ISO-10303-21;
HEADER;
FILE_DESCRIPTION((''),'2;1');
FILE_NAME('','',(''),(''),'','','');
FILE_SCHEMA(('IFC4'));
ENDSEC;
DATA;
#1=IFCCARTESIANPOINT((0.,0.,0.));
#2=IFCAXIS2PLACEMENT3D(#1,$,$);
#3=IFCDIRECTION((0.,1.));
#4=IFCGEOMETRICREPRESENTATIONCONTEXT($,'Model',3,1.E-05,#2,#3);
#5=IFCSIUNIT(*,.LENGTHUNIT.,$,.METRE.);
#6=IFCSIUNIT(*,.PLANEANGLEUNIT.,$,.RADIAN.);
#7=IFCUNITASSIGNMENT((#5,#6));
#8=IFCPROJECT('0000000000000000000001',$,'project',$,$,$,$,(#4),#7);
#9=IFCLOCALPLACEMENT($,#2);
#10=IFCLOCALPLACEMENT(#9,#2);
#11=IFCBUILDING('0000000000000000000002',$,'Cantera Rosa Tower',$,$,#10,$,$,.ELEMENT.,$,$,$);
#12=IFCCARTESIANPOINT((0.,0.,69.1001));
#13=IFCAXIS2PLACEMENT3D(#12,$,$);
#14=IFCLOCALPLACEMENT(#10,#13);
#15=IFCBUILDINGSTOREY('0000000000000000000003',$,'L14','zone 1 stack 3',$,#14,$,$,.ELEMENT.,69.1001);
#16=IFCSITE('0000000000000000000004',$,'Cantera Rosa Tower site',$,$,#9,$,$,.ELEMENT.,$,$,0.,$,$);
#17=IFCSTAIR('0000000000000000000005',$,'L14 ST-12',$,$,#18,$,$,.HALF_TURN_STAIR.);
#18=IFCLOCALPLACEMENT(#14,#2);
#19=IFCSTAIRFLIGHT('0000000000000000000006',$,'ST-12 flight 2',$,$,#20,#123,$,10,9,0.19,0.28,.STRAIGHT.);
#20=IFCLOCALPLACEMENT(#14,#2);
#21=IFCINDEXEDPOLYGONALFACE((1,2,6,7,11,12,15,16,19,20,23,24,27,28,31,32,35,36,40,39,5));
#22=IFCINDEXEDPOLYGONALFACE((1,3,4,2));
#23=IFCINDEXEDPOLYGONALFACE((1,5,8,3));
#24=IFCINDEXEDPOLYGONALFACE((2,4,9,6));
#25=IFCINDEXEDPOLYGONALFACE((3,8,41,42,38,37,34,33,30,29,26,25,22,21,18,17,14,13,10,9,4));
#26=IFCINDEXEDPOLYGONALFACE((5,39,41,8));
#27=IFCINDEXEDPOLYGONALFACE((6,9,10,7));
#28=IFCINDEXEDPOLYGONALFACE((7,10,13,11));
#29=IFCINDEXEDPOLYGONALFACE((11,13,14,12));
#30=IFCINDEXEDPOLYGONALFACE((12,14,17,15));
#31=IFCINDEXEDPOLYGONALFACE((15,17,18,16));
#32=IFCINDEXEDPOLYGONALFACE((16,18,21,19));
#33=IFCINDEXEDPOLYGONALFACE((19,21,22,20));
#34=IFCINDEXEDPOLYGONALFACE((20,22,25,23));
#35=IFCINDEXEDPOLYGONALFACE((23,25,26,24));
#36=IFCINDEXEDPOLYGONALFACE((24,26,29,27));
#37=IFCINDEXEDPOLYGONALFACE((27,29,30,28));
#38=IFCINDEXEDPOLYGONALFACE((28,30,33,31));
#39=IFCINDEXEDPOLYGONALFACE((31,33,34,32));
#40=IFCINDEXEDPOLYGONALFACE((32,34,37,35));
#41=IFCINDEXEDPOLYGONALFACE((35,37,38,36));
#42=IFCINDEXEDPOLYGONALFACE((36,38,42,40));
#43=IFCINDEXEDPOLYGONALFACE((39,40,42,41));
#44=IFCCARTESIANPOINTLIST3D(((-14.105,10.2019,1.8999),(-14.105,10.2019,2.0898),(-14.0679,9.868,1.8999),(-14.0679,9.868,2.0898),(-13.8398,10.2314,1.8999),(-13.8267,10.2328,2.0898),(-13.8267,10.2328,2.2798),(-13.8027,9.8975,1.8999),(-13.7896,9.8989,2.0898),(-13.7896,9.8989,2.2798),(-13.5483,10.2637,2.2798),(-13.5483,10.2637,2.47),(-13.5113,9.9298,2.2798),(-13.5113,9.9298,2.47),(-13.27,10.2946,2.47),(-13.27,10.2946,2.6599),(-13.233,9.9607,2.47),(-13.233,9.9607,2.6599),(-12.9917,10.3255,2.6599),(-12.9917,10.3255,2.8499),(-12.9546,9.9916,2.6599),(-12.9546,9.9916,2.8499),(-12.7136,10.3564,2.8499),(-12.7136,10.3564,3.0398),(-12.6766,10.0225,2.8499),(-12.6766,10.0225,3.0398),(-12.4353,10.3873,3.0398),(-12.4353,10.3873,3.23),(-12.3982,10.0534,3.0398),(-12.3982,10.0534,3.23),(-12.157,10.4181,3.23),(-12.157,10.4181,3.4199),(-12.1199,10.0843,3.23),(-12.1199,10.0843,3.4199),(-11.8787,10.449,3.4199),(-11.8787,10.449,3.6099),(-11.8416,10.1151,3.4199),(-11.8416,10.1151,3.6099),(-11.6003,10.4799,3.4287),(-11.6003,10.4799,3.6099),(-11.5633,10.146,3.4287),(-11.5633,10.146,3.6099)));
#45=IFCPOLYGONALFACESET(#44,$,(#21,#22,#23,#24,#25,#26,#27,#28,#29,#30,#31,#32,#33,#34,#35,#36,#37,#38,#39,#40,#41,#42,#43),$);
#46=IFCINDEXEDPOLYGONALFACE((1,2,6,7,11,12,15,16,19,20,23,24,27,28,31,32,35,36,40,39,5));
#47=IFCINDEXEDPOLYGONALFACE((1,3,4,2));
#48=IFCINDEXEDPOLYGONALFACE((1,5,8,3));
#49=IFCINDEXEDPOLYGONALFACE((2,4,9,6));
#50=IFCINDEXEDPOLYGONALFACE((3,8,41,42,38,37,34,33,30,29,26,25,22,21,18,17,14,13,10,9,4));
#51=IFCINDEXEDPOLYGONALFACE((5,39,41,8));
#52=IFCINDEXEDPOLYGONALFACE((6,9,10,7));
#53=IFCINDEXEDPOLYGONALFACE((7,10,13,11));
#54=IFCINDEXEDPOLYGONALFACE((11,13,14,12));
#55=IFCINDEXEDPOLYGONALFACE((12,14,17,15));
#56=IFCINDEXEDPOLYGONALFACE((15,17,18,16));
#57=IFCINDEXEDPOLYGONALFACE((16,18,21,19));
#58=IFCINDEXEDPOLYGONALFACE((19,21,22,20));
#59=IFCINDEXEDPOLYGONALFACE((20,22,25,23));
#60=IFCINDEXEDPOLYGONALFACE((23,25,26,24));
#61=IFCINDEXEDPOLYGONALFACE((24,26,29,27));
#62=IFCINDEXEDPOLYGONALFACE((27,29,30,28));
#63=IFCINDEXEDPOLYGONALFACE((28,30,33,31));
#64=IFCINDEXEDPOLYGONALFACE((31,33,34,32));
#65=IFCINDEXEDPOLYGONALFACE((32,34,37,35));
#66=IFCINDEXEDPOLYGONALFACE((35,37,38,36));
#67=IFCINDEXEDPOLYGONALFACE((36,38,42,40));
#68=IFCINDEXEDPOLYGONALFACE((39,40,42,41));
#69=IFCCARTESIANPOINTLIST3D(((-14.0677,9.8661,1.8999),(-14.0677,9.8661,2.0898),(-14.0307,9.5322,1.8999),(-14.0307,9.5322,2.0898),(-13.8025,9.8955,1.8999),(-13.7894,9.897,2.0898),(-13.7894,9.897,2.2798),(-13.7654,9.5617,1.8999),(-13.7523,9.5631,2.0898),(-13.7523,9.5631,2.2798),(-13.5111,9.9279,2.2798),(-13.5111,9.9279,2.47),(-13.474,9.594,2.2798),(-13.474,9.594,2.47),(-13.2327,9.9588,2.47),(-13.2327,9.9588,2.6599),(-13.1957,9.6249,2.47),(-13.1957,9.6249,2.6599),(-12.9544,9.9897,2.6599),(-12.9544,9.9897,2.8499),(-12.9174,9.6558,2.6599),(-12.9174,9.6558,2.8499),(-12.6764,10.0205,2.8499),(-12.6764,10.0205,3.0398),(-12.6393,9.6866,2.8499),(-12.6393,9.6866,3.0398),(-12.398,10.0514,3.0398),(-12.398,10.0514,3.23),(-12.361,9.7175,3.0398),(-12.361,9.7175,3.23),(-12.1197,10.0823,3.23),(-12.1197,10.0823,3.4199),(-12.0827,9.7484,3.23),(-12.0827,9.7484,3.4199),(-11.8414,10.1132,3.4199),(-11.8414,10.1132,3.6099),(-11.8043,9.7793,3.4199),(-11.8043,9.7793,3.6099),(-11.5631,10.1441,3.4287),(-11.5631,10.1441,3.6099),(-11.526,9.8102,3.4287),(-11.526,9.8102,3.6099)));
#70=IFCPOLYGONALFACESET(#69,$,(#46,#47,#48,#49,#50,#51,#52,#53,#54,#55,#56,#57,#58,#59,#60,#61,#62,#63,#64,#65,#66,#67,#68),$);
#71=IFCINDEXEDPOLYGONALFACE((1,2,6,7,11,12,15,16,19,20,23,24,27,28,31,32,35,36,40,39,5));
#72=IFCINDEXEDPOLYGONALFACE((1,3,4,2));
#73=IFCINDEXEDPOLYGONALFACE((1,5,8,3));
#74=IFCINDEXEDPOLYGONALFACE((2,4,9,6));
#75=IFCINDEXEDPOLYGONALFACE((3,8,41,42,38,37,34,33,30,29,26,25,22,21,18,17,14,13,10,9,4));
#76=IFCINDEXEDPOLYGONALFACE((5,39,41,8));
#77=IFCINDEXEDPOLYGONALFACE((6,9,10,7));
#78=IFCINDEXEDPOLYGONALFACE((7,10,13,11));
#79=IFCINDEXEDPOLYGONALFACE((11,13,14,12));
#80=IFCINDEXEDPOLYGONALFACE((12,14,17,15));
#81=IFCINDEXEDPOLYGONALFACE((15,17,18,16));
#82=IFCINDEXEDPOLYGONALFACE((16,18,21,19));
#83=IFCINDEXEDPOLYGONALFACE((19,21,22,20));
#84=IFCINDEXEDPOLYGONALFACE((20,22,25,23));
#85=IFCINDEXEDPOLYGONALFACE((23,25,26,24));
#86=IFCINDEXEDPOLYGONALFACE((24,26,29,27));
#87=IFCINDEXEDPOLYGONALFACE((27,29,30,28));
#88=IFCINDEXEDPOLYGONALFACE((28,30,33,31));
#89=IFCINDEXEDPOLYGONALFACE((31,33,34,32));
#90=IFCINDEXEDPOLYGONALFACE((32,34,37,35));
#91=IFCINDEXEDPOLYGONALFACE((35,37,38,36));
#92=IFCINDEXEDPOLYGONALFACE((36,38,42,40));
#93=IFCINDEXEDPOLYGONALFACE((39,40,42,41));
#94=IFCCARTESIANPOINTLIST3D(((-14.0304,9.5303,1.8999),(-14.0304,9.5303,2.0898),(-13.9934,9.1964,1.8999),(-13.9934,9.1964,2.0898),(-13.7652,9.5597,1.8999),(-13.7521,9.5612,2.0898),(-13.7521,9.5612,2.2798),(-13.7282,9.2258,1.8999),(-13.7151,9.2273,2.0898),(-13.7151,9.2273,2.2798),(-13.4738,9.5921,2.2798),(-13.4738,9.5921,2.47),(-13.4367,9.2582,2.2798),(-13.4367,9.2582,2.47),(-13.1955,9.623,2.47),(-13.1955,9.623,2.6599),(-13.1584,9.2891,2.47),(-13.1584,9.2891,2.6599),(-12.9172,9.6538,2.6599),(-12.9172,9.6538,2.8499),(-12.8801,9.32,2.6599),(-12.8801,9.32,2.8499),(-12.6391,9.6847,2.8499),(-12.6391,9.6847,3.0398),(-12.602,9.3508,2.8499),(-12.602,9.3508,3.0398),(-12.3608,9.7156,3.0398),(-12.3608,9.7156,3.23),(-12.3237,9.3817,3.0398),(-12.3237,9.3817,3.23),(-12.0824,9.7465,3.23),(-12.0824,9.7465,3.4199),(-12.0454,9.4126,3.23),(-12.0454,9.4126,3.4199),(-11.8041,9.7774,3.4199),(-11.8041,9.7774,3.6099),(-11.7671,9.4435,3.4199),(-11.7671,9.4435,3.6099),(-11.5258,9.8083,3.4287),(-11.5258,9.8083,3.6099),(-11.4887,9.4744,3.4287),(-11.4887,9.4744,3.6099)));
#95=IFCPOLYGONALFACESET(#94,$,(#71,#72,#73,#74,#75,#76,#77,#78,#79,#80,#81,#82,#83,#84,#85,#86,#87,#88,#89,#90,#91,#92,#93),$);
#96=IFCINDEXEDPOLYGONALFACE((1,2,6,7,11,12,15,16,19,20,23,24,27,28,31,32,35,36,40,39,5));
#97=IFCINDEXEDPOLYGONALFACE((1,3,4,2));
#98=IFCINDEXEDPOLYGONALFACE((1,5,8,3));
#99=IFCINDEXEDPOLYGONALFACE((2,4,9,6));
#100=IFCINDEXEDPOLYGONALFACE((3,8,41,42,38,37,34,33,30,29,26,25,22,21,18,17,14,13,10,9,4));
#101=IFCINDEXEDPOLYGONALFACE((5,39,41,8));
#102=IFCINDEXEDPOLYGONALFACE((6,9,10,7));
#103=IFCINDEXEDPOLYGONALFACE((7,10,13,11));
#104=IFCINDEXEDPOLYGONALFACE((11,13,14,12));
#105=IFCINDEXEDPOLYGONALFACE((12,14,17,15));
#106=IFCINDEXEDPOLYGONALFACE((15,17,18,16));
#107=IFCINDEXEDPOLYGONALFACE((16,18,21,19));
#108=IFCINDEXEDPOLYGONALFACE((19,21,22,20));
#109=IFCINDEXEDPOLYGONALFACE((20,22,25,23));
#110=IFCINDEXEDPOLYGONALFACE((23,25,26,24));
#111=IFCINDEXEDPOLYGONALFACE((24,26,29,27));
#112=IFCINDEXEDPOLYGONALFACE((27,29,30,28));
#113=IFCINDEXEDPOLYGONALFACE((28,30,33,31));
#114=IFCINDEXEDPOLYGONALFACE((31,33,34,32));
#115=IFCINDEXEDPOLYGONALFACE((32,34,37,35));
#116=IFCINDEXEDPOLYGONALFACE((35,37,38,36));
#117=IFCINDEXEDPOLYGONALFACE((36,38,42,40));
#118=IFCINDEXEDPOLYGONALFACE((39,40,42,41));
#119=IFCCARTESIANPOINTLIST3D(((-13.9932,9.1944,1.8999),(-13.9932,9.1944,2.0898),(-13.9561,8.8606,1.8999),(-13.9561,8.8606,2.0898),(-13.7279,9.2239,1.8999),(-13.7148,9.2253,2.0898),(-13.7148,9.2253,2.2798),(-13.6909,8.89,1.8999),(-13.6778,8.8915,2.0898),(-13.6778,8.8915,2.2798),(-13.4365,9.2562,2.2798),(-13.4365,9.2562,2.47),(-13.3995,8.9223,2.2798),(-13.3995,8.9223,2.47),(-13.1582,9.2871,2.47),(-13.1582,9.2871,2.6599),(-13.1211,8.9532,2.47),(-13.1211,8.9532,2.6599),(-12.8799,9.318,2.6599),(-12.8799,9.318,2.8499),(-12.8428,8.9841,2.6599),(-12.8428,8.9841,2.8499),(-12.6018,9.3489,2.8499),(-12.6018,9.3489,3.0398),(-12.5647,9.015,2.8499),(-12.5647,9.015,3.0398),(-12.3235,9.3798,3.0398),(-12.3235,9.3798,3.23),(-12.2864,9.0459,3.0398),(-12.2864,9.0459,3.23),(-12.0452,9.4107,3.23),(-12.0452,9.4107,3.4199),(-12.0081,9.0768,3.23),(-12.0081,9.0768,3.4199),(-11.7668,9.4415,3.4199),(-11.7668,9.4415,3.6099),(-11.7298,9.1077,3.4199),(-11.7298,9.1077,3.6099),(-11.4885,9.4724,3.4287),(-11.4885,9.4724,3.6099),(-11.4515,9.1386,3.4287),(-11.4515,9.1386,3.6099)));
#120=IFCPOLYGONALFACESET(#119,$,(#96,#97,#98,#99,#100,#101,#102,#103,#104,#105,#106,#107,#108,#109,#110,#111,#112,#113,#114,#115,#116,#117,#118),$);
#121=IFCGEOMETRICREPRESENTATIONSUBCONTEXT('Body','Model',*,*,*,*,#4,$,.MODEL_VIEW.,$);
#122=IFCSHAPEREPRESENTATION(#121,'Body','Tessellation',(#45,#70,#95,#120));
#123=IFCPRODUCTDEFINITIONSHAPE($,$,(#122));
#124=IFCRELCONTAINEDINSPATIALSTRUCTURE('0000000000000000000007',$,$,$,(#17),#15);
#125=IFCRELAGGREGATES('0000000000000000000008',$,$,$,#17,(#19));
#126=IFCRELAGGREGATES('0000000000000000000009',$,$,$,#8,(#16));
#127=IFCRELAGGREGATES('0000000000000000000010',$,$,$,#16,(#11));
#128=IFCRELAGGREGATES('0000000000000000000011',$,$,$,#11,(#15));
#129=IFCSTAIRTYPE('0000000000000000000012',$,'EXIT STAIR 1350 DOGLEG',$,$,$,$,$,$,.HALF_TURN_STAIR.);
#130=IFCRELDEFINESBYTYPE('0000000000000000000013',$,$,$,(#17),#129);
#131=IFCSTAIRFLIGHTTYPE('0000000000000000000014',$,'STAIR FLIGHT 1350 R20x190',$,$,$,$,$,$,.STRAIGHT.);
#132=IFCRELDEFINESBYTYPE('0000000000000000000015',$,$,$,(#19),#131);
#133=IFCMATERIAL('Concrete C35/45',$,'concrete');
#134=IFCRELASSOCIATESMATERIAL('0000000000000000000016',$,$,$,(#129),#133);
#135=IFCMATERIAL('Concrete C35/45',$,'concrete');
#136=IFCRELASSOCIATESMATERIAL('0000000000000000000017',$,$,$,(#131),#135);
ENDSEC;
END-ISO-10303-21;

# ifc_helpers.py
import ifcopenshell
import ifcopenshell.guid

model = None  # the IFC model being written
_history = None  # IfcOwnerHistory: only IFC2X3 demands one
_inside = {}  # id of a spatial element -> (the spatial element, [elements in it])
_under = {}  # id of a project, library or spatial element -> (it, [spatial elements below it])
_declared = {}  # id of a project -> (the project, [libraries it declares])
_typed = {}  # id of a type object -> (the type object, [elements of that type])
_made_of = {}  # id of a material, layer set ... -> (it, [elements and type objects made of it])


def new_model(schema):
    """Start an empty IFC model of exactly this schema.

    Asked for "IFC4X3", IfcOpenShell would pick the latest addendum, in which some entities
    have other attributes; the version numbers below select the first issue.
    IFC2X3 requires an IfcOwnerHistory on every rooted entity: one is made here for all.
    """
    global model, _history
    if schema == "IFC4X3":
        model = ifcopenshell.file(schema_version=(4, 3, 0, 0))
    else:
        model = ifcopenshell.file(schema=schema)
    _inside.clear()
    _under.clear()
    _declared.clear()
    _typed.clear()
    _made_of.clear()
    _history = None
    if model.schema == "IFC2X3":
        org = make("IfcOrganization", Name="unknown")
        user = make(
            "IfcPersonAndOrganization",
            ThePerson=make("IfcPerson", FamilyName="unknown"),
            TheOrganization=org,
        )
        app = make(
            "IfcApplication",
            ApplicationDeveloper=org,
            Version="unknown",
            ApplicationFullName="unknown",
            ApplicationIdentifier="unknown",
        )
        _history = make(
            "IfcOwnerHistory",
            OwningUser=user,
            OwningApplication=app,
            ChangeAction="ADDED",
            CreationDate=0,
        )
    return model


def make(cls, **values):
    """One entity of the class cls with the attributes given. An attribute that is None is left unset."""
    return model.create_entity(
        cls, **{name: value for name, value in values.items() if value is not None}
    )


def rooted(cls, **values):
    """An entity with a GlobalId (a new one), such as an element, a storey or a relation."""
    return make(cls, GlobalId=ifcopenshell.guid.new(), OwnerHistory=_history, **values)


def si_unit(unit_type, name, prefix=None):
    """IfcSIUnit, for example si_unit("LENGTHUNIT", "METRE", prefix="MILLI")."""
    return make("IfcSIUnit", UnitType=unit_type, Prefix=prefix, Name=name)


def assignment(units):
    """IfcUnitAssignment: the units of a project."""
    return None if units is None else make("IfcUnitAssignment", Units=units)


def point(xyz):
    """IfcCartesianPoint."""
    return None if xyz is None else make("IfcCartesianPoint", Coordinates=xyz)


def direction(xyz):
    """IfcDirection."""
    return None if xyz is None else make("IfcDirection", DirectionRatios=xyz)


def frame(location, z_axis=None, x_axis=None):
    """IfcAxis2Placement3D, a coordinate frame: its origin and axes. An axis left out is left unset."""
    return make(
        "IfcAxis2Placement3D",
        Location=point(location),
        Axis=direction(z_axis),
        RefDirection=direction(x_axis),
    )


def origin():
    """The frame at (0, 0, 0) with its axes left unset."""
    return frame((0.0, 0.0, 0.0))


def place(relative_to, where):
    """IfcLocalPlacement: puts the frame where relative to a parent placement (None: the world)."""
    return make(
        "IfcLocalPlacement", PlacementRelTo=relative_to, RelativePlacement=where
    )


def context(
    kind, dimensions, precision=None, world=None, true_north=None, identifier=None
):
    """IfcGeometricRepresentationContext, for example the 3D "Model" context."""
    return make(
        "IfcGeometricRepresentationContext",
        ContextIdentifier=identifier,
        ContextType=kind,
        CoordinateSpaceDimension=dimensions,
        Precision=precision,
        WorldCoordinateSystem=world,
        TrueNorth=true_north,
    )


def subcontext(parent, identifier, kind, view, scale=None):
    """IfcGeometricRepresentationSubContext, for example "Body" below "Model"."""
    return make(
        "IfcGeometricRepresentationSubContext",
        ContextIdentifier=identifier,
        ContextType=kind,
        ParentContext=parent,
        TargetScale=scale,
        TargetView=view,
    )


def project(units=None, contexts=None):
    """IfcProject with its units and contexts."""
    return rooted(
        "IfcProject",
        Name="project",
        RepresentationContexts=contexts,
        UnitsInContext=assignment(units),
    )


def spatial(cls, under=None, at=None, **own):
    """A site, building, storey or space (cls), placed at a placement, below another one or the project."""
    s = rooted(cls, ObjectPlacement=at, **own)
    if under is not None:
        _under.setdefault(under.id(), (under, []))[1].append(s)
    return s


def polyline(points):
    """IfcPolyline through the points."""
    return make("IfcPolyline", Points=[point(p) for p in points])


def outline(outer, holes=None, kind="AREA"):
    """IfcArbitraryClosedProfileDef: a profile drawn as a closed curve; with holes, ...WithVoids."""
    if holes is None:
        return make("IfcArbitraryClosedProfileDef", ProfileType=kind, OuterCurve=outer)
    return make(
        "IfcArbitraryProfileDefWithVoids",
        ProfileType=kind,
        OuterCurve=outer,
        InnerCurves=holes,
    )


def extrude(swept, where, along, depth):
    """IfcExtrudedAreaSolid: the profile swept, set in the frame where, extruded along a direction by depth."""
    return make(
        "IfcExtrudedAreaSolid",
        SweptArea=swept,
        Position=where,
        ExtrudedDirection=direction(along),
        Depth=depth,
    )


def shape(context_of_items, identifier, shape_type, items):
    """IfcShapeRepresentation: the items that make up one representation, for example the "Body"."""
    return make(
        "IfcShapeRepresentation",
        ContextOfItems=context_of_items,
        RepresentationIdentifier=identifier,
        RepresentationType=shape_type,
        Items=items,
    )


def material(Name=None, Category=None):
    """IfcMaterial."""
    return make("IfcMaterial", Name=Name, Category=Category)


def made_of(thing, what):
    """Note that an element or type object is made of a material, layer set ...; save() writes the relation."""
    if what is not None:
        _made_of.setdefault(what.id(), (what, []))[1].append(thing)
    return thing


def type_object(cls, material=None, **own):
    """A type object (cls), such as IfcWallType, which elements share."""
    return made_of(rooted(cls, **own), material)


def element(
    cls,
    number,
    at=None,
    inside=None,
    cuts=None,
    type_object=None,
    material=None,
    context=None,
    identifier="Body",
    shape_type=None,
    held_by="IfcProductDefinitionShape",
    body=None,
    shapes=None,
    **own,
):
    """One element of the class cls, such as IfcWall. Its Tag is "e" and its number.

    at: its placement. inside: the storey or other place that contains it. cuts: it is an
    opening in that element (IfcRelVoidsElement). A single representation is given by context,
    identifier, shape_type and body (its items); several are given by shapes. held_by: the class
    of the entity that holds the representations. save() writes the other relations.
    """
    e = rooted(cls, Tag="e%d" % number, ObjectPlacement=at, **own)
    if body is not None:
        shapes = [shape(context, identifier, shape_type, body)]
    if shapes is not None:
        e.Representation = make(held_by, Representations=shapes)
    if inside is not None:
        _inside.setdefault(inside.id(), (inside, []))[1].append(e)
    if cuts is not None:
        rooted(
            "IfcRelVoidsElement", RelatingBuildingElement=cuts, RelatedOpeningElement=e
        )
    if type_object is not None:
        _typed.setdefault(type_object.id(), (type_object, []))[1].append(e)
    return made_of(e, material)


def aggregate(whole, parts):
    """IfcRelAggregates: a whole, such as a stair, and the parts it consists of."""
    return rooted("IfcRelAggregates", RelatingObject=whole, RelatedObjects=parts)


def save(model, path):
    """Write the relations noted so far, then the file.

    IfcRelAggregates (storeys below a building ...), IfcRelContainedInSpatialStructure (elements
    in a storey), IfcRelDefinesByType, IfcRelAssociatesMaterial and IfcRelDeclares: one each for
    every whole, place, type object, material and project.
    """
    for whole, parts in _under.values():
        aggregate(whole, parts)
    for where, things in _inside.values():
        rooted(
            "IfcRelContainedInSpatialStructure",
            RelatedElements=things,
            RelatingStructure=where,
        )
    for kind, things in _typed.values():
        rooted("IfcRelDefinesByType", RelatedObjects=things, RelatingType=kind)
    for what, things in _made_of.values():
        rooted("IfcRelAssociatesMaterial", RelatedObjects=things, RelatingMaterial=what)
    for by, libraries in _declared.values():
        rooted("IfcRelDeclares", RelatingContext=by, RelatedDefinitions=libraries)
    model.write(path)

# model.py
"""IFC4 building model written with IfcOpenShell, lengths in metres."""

from ifc_helpers import new_model, si_unit, direction, frame, origin, place, context, subcontext, project, spatial, polyline, outline, extrude, material, type_object, element, aggregate, save


model = new_model("IFC4")

# Units and contexts
model_context = context("Model", 3, precision=1e-05, world=origin(), true_north=direction((0.0, 1.0)))
body_context = subcontext(model_context, "Body", "Model", "MODEL_VIEW")
ifc_project = project(units=[si_unit("LENGTHUNIT", "METRE"), si_unit("PLANEANGLEUNIT", "RADIAN")], contexts=[model_context])

# Site, building, storey
site_placement = place(None, origin())
site = spatial("IfcSite", under=ifc_project, at=site_placement, Name="Cantera Rosa Tower site", CompositionType="ELEMENT", RefElevation=0.0)
building_placement = place(site_placement, origin())
building = spatial("IfcBuilding", under=site, at=building_placement, Name="Cantera Rosa Tower", CompositionType="ELEMENT")
storey_placement = place(building_placement, frame((0.0, 0.0, 69.1001)))
storey = spatial("IfcBuildingStorey", under=building, at=storey_placement, Name="L14", Description="zone 1 stack 3", CompositionType="ELEMENT", Elevation=69.1001)

# Stair, stair flight
ifc_material_1 = material(Name="Concrete C35/45", Category="concrete")
stair_type = type_object("IfcStairType", Name="EXIT STAIR 1350 DOGLEG", PredefinedType="HALF_TURN_STAIR", material=ifc_material_1)
stair_placement = place(storey_placement, origin())
stair = element("IfcStair", 1, at=stair_placement, inside=storey, type_object=stair_type, Name="L14 ST-12", PredefinedType="HALF_TURN_STAIR")
ifc_material_2 = material(Name="Concrete C35/45", Category="concrete")
stair_flight_type = type_object("IfcStairFlightType", Name="STAIR FLIGHT 1350 R20x190", PredefinedType="STRAIGHT", material=ifc_material_2)
stair_flight_1_placement = place(storey_placement, frame((-14.0305, 9.531, 1.8999), z_axis=(0.0, 0.0, 1.0), x_axis=(0.993897, 0.110313, 0.0)))
stair_flight_1 = element("IfcStairFlight", 2, at=stair_flight_1_placement, type_object=stair_flight_type, Name="ST-12 flight 2", NumberOfRisers=10, NumberOfTreads=9, PredefinedType="STRAIGHT", RiserHeight=0.19, TreadLength=0.28, context=body_context, shape_type="SweptSolid", body=[
    extrude(outline(polyline([(0.0, 0.0), (0.0, 0.1899), (0.28, 0.1899), (0.28, 0.3799), (0.5601, 0.3799), (0.5601, 0.5701), (0.8401, 0.5701), (0.8401, 0.76), (1.1201, 0.76), (1.1201, 0.95), (1.3999, 0.95), (1.3999, 1.1399), (1.6799, 1.1399), (1.6799, 1.3301), (1.96, 1.3301), (1.96, 1.52), (2.24, 1.52), (2.24, 1.71), (2.52, 1.71), (2.52, 1.8999), (2.52, 1.5288), (0.2668, 0.0), (0.0, 0.0)])), frame((0.0, 0.675, 0.0), z_axis=(0.0, -1.0, 0.0), x_axis=(1.0, 0.0, 0.0)), (0.0, 0.0, 1.0), 0.3359),
    extrude(outline(polyline([(0.0, 0.0), (0.0, 0.1899), (0.28, 0.1899), (0.28, 0.3799), (0.5601, 0.3799), (0.5601, 0.5701), (0.8401, 0.5701), (0.8401, 0.76), (1.1201, 0.76), (1.1201, 0.95), (1.3999, 0.95), (1.3999, 1.1399), (1.6799, 1.1399), (1.6799, 1.3301), (1.96, 1.3301), (1.96, 1.52), (2.24, 1.52), (2.24, 1.71), (2.52, 1.71), (2.52, 1.8999), (2.52, 1.5288), (0.2668, 0.0), (0.0, 0.0)])), frame((0.0, 0.3372, 0.0), z_axis=(0.0, -1.0, 0.0), x_axis=(1.0, 0.0, 0.0)), (0.0, 0.0, 1.0), 0.3359),
    extrude(outline(polyline([(0.0, 0.0), (0.0, 0.1899), (0.28, 0.1899), (0.28, 0.3799), (0.5601, 0.3799), (0.5601, 0.5701), (0.8401, 0.5701), (0.8401, 0.76), (1.1201, 0.76), (1.1201, 0.95), (1.3999, 0.95), (1.3999, 1.1399), (1.6799, 1.1399), (1.6799, 1.3301), (1.96, 1.3301), (1.96, 1.52), (2.24, 1.52), (2.24, 1.71), (2.52, 1.71), (2.52, 1.8999), (2.52, 1.5288), (0.2668, 0.0), (0.0, 0.0)])), frame((0.0, -0.0007, 0.0), z_axis=(0.0, -1.0, 0.0), x_axis=(1.0, 0.0, 0.0)), (0.0, 0.0, 1.0), 0.3359),
    extrude(outline(polyline([(0.0, 0.0), (0.0, 0.1899), (0.28, 0.1899), (0.28, 0.3799), (0.5601, 0.3799), (0.5601, 0.5701), (0.8401, 0.5701), (0.8401, 0.76), (1.1201, 0.76), (1.1201, 0.95), (1.3999, 0.95), (1.3999, 1.1399), (1.6799, 1.1399), (1.6799, 1.3301), (1.96, 1.3301), (1.96, 1.52), (2.24, 1.52), (2.24, 1.71), (2.52, 1.71), (2.52, 1.8999), (2.52, 1.5288), (0.2668, 0.0), (0.0, 0.0)])), frame((0.0, -0.3386, 0.0), z_axis=(0.0, -1.0, 0.0), x_axis=(1.0, 0.0, 0.0)), (0.0, 0.0, 1.0), 0.3359),
])
aggregate(stair, [stair_flight_1])

save(model, "model.ifc")
